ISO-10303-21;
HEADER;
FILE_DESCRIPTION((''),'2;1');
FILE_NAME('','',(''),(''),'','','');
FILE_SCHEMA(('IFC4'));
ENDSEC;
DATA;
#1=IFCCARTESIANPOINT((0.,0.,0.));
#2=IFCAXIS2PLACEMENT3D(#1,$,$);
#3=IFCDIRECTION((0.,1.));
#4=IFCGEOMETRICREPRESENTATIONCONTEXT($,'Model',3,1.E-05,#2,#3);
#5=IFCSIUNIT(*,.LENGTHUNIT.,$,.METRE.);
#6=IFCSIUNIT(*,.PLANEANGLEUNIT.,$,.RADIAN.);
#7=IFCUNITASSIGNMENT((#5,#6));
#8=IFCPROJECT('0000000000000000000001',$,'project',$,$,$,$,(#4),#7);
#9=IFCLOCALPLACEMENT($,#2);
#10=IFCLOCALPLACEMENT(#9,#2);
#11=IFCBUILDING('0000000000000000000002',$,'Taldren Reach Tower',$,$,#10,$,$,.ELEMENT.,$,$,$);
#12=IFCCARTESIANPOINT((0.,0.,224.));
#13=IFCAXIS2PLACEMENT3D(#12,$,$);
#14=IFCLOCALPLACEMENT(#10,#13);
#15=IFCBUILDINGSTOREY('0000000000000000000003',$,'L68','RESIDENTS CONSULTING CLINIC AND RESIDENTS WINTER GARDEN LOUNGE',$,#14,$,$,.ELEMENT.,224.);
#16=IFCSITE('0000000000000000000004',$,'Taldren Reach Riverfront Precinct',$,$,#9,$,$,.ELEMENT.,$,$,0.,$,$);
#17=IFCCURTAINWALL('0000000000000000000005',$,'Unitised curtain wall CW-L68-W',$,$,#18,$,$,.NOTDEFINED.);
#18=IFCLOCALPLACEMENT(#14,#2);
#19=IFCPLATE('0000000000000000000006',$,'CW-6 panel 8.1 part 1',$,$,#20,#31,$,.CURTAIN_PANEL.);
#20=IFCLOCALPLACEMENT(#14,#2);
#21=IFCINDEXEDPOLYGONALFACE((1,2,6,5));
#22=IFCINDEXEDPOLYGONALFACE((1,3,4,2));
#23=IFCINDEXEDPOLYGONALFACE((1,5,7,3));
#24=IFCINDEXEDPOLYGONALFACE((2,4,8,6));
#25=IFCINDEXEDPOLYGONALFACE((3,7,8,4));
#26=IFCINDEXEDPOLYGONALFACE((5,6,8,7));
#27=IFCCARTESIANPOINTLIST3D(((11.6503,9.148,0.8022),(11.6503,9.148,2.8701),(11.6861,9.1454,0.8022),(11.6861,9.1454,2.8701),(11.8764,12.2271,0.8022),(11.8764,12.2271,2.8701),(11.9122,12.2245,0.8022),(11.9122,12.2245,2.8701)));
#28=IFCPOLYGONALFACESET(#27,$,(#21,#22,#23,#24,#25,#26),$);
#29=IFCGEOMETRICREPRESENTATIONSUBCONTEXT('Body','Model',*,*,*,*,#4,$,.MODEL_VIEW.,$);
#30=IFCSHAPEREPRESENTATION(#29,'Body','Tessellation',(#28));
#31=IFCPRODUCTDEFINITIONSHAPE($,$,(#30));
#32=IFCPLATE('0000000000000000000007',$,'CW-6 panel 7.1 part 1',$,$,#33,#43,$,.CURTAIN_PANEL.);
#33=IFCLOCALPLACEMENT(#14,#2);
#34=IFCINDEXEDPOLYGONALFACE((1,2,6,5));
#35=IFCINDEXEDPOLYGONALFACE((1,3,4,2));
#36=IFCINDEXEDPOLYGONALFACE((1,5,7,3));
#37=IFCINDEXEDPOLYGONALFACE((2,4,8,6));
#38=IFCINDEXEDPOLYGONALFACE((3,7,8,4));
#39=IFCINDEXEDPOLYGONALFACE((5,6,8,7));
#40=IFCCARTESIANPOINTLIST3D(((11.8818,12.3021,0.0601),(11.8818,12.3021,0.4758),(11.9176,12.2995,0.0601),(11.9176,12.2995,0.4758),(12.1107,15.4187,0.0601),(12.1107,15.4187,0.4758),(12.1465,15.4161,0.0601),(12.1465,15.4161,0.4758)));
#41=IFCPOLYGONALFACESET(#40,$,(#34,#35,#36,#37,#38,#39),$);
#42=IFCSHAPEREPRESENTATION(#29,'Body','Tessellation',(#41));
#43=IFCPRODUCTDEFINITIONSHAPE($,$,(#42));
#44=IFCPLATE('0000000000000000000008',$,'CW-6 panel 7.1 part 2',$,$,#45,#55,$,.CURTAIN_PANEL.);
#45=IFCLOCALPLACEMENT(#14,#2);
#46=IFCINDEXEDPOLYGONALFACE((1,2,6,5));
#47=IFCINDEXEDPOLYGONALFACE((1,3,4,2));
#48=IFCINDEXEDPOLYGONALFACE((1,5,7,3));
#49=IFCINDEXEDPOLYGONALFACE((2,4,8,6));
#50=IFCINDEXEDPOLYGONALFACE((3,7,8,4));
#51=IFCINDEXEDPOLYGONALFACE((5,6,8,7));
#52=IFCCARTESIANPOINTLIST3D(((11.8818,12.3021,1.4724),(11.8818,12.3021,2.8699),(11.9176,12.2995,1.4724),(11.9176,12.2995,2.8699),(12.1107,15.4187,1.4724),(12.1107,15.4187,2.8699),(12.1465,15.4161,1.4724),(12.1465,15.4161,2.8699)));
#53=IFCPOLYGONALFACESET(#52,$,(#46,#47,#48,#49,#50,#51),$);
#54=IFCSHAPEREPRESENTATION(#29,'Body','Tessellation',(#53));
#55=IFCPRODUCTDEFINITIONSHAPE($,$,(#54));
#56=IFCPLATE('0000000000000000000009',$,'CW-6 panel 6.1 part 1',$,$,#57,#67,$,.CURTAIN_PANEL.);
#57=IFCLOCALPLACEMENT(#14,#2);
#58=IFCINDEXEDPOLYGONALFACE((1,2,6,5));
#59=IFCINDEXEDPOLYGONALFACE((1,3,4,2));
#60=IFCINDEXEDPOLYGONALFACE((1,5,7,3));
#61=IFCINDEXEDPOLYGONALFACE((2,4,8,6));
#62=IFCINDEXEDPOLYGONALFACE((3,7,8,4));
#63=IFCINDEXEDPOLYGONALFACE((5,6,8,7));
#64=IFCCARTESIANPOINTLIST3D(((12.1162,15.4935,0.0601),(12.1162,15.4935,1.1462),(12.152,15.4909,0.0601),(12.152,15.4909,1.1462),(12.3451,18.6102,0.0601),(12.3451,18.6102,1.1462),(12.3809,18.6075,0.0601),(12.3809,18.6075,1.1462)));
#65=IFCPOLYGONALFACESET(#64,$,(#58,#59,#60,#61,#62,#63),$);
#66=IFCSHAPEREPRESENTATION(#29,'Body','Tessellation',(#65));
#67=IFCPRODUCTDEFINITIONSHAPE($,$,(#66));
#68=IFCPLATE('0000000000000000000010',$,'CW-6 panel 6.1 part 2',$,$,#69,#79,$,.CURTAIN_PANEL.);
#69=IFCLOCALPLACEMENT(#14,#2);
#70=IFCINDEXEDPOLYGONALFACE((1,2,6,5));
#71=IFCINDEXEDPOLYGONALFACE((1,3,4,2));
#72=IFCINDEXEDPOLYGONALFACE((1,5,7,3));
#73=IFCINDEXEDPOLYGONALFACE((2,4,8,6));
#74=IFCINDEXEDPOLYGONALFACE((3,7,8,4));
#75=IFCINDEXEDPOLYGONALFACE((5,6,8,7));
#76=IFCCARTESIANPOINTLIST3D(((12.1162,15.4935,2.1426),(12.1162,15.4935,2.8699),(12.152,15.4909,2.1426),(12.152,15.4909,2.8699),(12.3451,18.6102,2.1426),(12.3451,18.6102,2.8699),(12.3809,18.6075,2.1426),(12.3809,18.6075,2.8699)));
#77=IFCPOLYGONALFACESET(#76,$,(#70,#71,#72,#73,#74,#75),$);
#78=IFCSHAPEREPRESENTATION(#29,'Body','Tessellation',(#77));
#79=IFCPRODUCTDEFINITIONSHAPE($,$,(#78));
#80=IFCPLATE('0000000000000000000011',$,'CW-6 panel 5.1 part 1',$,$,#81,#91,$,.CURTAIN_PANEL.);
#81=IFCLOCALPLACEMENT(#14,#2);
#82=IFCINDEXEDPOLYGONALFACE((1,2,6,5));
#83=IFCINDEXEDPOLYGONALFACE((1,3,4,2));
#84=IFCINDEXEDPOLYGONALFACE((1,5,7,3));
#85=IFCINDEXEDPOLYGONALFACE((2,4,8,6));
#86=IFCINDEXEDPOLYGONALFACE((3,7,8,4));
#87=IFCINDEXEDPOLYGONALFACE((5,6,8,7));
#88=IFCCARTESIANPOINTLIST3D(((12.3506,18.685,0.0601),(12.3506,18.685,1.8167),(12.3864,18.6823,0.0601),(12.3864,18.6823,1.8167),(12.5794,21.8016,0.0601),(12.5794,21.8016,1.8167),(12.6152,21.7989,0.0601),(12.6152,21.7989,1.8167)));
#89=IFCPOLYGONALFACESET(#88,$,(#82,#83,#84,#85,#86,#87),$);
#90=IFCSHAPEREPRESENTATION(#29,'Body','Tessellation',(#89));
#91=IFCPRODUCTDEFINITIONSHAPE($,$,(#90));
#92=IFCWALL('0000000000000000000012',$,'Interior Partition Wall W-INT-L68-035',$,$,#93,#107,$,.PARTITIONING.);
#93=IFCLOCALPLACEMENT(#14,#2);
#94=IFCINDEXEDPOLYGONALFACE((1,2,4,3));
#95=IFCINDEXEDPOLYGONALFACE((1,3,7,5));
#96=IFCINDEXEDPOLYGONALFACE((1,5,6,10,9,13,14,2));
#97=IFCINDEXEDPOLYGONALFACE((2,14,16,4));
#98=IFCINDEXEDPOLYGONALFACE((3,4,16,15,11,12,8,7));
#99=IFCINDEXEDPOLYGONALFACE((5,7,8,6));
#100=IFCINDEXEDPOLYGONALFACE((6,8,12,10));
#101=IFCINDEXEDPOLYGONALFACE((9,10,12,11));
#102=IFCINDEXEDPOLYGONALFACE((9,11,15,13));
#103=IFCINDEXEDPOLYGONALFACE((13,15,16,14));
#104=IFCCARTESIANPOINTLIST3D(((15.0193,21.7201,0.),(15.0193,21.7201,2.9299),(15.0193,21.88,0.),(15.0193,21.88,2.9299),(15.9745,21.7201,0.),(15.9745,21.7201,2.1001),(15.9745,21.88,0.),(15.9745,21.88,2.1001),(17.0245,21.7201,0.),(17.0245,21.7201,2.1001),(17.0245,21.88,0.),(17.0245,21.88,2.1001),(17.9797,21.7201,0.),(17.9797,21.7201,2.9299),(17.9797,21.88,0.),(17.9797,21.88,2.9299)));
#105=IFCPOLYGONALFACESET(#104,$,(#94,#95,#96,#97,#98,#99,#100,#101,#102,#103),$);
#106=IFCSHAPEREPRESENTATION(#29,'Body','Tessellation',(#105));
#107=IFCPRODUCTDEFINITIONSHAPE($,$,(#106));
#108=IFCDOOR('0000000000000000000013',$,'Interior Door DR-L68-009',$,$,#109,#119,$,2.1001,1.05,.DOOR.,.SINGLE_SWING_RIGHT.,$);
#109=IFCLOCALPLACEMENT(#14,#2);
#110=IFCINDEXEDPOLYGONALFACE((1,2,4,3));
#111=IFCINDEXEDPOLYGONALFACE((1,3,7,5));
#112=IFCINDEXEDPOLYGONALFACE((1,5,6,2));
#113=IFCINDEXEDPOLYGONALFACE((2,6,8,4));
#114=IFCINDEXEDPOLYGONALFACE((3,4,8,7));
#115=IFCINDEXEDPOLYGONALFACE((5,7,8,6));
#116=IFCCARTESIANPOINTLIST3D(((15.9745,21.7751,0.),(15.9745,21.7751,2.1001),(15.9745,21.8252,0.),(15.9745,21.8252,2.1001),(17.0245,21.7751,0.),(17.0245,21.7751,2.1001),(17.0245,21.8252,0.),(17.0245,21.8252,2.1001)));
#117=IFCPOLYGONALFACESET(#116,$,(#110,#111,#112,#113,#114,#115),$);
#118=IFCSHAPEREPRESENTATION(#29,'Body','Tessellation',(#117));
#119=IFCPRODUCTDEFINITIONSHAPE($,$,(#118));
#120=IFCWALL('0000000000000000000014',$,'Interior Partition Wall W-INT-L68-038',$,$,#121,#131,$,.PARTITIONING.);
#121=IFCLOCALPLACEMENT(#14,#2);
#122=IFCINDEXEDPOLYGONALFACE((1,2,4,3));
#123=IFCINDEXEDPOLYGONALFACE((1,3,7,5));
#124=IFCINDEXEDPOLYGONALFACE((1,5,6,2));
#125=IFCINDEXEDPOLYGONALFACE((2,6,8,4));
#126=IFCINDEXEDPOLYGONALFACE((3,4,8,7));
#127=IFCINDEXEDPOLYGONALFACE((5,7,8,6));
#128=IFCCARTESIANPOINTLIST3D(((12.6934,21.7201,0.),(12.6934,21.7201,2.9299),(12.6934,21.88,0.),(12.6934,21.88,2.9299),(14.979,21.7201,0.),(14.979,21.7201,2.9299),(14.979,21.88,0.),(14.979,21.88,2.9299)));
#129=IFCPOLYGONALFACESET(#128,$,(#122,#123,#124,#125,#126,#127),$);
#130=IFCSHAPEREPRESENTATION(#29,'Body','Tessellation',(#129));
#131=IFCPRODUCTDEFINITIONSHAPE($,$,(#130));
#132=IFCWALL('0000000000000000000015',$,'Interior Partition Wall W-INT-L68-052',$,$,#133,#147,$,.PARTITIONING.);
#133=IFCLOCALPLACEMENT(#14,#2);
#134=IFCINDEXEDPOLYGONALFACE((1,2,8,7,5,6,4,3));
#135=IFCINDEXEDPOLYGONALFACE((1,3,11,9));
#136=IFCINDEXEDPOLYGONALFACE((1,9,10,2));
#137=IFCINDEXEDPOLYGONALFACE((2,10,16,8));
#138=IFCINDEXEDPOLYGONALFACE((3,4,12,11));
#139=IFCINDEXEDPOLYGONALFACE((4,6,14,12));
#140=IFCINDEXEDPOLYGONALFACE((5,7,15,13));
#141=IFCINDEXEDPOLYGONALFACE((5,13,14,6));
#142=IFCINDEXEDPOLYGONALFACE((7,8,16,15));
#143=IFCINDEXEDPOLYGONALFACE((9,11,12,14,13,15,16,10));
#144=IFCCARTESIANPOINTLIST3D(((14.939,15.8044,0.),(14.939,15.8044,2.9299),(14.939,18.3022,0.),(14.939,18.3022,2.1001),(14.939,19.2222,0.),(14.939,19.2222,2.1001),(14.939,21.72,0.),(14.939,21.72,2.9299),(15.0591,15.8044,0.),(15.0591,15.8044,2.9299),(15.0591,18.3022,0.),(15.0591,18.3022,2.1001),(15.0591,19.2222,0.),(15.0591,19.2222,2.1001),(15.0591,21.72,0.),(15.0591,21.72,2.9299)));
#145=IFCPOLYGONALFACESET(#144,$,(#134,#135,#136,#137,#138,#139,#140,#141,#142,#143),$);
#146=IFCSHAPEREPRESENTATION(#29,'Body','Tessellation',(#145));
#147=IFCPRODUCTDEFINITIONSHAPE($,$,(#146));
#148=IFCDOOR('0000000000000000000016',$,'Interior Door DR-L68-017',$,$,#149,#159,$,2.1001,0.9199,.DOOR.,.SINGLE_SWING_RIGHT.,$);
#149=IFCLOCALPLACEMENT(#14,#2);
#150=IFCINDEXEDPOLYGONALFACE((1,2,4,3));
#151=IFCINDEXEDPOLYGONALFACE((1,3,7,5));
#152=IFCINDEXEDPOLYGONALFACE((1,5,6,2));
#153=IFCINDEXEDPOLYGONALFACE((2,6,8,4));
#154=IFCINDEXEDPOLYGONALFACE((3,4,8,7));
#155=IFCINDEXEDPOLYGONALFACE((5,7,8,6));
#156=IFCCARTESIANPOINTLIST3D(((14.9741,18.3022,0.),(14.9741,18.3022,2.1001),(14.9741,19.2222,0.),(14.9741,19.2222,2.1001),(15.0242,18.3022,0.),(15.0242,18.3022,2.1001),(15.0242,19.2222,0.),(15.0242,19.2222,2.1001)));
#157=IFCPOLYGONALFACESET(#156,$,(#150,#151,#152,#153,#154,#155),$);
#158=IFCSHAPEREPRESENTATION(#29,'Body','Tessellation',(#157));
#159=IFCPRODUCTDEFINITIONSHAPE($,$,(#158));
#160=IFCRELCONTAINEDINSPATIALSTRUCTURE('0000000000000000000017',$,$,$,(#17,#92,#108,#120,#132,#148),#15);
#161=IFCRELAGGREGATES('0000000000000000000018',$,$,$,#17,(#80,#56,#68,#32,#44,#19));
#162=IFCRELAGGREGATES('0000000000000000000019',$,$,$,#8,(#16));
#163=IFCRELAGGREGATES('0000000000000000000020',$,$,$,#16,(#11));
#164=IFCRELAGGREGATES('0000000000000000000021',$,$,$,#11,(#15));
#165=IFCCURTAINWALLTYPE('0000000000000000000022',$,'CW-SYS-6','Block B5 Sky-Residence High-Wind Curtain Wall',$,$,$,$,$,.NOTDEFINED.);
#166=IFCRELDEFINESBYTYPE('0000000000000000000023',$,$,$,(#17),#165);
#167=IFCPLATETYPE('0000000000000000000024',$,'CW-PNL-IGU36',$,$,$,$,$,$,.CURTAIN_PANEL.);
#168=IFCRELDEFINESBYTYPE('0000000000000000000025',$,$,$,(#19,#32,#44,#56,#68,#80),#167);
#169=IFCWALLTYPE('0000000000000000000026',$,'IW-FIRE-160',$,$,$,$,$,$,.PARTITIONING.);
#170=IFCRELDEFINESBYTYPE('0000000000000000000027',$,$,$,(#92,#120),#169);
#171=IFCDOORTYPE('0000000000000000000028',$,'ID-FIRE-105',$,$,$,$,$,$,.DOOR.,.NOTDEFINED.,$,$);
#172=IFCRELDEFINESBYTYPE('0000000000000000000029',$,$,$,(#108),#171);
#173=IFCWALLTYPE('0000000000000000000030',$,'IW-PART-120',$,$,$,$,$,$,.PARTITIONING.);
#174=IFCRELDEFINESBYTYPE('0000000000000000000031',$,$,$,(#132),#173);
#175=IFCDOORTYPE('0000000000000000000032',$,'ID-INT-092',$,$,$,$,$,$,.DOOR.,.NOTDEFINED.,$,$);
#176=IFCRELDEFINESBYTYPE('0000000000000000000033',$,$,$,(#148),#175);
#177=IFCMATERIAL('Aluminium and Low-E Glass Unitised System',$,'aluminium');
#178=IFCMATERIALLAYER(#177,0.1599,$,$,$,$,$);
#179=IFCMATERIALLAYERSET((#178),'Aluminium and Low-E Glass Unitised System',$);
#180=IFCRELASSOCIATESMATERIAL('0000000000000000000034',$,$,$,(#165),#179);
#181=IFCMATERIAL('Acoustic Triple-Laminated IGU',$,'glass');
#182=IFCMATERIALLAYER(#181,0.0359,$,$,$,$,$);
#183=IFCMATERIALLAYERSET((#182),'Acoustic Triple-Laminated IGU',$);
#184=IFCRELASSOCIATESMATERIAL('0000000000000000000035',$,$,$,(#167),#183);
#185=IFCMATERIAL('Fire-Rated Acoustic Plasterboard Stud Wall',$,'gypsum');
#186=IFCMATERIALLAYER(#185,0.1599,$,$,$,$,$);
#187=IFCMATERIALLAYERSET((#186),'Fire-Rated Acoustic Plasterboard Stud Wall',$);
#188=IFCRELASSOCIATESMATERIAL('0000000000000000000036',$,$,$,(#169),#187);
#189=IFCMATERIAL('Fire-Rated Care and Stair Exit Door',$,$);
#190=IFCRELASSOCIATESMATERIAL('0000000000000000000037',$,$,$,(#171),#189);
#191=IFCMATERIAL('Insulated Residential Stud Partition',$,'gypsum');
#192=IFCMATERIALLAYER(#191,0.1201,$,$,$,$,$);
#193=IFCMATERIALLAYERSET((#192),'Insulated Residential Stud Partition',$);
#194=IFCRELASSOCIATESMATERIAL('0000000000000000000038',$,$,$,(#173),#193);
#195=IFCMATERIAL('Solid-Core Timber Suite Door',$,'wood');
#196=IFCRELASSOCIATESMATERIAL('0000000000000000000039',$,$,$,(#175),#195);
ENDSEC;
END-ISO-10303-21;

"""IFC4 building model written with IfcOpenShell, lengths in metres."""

from ifc_helpers import new_model, si_unit, direction, frame, frame_2d, origin, origin_2d, place, context, subcontext, project, spatial, rectangle, extrude, source, transform, mapped, material, layer, layer_set, type_object, element, fill, aggregate, save


model = new_model("IFC4")

# Units and contexts
model_context = context("Model", 3, precision=1e-05, world=origin(), true_north=direction((0.0, 1.0)))
body_context = subcontext(model_context, "Body", "Model", "MODEL_VIEW")
ifc_project = project(units=[si_unit("LENGTHUNIT", "METRE"), si_unit("PLANEANGLEUNIT", "RADIAN")], contexts=[model_context])

# Site, building, storey
site_placement = place(None, origin())
site = spatial("IfcSite", under=ifc_project, at=site_placement, Name="Taldren Reach Riverfront Precinct", CompositionType="ELEMENT", RefElevation=0.0)
building_placement = place(site_placement, origin())
building = spatial("IfcBuilding", under=site, at=building_placement, Name="Taldren Reach Tower", CompositionType="ELEMENT")
storey_placement = place(building_placement, frame((0.0, 0.0, 224.0)))
storey = spatial("IfcBuildingStorey", under=building, at=storey_placement, Name="L68", Description="RESIDENTS CONSULTING CLINIC AND RESIDENTS WINTER GARDEN LOUNGE", CompositionType="ELEMENT", Elevation=224.0)

# Curtain wall, plates
ifc_material_1 = material(Name="Aluminium and Low-E Glass Unitised System", Category="aluminium")
ifc_layer_1 = layer(ifc_material_1, 0.1599)
ifc_layer_set_1 = layer_set([ifc_layer_1], Name="Aluminium and Low-E Glass Unitised System")
curtain_wall_type = type_object("IfcCurtainWallType", Name="CW-SYS-6", Description="Block B5 Sky-Residence High-Wind Curtain Wall", PredefinedType="NOTDEFINED", material=ifc_layer_set_1)
curtain_wall_placement = place(storey_placement, origin())
curtain_wall = element("IfcCurtainWall", 1, at=curtain_wall_placement, inside=storey, type_object=curtain_wall_type, Name="Unitised curtain wall CW-L68-W", PredefinedType="NOTDEFINED")
ifc_material_2 = material(Name="Acoustic Triple-Laminated IGU", Category="glass")
ifc_layer_2 = layer(ifc_material_2, 0.0359)
ifc_layer_set_2 = layer_set([ifc_layer_2], Name="Acoustic Triple-Laminated IGU")
plate_type = type_object("IfcPlateType", Name="CW-PNL-IGU36", PredefinedType="CURTAIN_PANEL", material=ifc_layer_set_2)
shared_shape_1 = source(origin(), body_context, "Body", "SweptSolid", [
    extrude(rectangle(XDim=3.0874, YDim=0.0359, at=origin_2d()), origin(), (0.0, 0.0, 1.0), 2.0679),
])
plate_1_placement = place(storey_placement, frame((11.7812, 10.6863, 0.8022), z_axis=(0.0, 0.0, 1.0), x_axis=(-0.073238, -0.997314, 0.0)))
plate_1 = element("IfcPlate", 2, at=plate_1_placement, type_object=plate_type, Name="CW-6 panel 8.1 part 1", PredefinedType="CURTAIN_PANEL", context=body_context, shape_type="MappedRepresentation", body=[
    mapped(shared_shape_1, transform((0.0, 0.0, 0.0), scale=1.0)),
])
shared_shape_2 = source(origin(), body_context, "Body", "SweptSolid", [
    extrude(rectangle(XDim=3.125, YDim=0.0359, at=origin_2d()), origin(), (0.0, 0.0, 1.0), 0.4158),
])
plate_2_placement = place(storey_placement, frame((12.0142, 13.8591, 0.0601), z_axis=(0.0, 0.0, 1.0), x_axis=(-0.073238, -0.997314, 0.0)))
plate_2 = element("IfcPlate", 3, at=plate_2_placement, type_object=plate_type, Name="CW-6 panel 7.1 part 1", PredefinedType="CURTAIN_PANEL", context=body_context, shape_type="MappedRepresentation", body=[
    mapped(shared_shape_2, transform((0.0, 0.0, 0.0), scale=1.0)),
])
shared_shape_3 = source(origin(), body_context, "Body", "SweptSolid", [
    extrude(rectangle(XDim=3.125, YDim=0.0359, at=origin_2d()), origin(), (0.0, 0.0, 1.0), 1.3975),
])
plate_3_placement = place(storey_placement, frame((12.0142, 13.8591, 1.4724), z_axis=(0.0, 0.0, 1.0), x_axis=(-0.073238, -0.997314, 0.0)))
plate_3 = element("IfcPlate", 4, at=plate_3_placement, type_object=plate_type, Name="CW-6 panel 7.1 part 2", PredefinedType="CURTAIN_PANEL", context=body_context, shape_type="MappedRepresentation", body=[
    mapped(shared_shape_3, transform((0.0, 0.0, 0.0), scale=1.0)),
])
shared_shape_4 = source(origin(), body_context, "Body", "SweptSolid", [
    extrude(rectangle(XDim=3.125, YDim=0.0359, at=origin_2d()), origin(), (0.0, 0.0, 1.0), 1.0862),
])
plate_4_placement = place(storey_placement, frame((12.2485, 17.0505, 0.0601), z_axis=(0.0, 0.0, 1.0), x_axis=(-0.073238, -0.997314, 0.0)))
plate_4 = element("IfcPlate", 5, at=plate_4_placement, type_object=plate_type, Name="CW-6 panel 6.1 part 1", PredefinedType="CURTAIN_PANEL", context=body_context, shape_type="MappedRepresentation", body=[
    mapped(shared_shape_4, transform((0.0, 0.0, 0.0), scale=1.0)),
])
shared_shape_5 = source(origin(), body_context, "Body", "SweptSolid", [
    extrude(rectangle(XDim=3.125, YDim=0.0359, at=origin_2d()), origin(), (0.0, 0.0, 1.0), 0.7273),
])
plate_5_placement = place(storey_placement, frame((12.2485, 17.0505, 2.1426), z_axis=(0.0, 0.0, 1.0), x_axis=(-0.073238, -0.997314, 0.0)))
plate_5 = element("IfcPlate", 6, at=plate_5_placement, type_object=plate_type, Name="CW-6 panel 6.1 part 2", PredefinedType="CURTAIN_PANEL", context=body_context, shape_type="MappedRepresentation", body=[
    mapped(shared_shape_5, transform((0.0, 0.0, 0.0), scale=1.0)),
])
shared_shape_6 = source(origin(), body_context, "Body", "SweptSolid", [
    extrude(rectangle(XDim=3.125, YDim=0.0359, at=origin_2d()), origin(), (0.0, 0.0, 1.0), 1.7566),
])
plate_6_placement = place(storey_placement, frame((12.4829, 20.2419, 0.0601), z_axis=(0.0, 0.0, 1.0), x_axis=(-0.073238, -0.997314, 0.0)))
plate_6 = element("IfcPlate", 7, at=plate_6_placement, type_object=plate_type, Name="CW-6 panel 5.1 part 1", PredefinedType="CURTAIN_PANEL", context=body_context, shape_type="MappedRepresentation", body=[
    mapped(shared_shape_6, transform((0.0, 0.0, 0.0), scale=1.0)),
])
aggregate(curtain_wall, [plate_6, plate_4, plate_5, plate_2, plate_3, plate_1])

# Wall, opening, door
ifc_material_3 = material(Name="Fire-Rated Acoustic Plasterboard Stud Wall", Category="gypsum")
ifc_layer_3 = layer(ifc_material_3, 0.1599)
ifc_layer_set_3 = layer_set([ifc_layer_3], Name="Fire-Rated Acoustic Plasterboard Stud Wall")
wall_type_1 = type_object("IfcWallType", Name="IW-FIRE-160", PredefinedType="PARTITIONING", material=ifc_layer_set_3)
shared_shape_7 = source(origin(), body_context, "Body", "SweptSolid", [
    extrude(rectangle(XDim=2.9604, YDim=0.1599, at=frame_2d((1.4802, 0.0))), origin(), (0.0, 0.0, 1.0), 2.9299),
])
wall_1_placement = place(storey_placement, frame((17.9797, 21.8, 0.0), z_axis=(0.0, 0.0, 1.0), x_axis=(-1.0, 0.0, 0.0)))
wall_1 = element("IfcWall", 8, at=wall_1_placement, inside=storey, type_object=wall_type_1, Name="Interior Partition Wall W-INT-L68-035", PredefinedType="PARTITIONING", context=body_context, shape_type="MappedRepresentation", body=[
    mapped(shared_shape_7, transform((0.0, 0.0, 0.0), scale=1.0)),
])
shared_shape_8 = source(origin(), body_context, "Body", "SweptSolid", [
    extrude(rectangle(XDim=1.05, YDim=2.1001, at=frame_2d((0.5249, 1.05))), frame((0.0, 0.0898, 0.0), z_axis=(0.0, -1.0, 0.0), x_axis=(1.0, 0.0, 0.0)), (0.0, 0.0, 1.0), 0.1799),
])
opening_1_placement = place(wall_1_placement, frame((0.9553, 0.0, 0.0)))
opening_1 = element("IfcOpeningElement", 9, at=opening_1_placement, cuts=wall_1, PredefinedType="OPENING", context=body_context, shape_type="MappedRepresentation", body=[
    mapped(shared_shape_8, transform((0.0, 0.0, 0.0), scale=1.0)),
])
ifc_material_4 = material(Name="Fire-Rated Care and Stair Exit Door")
door_type_1 = type_object("IfcDoorType", Name="ID-FIRE-105", OperationType="NOTDEFINED", PredefinedType="DOOR", material=ifc_material_4)
shared_shape_9 = source(origin(), body_context, "Body", "SweptSolid", [
    extrude(rectangle(XDim=1.05, YDim=2.1001, at=frame_2d((0.5249, 1.05))), frame((0.0, 0.0249, 0.0), z_axis=(0.0, -1.0, 0.0), x_axis=(1.0, 0.0, 0.0)), (0.0, 0.0, 1.0), 0.05),
])
door_1_placement = place(opening_1_placement, origin())
door_1 = element("IfcDoor", 10, at=door_1_placement, inside=storey, type_object=door_type_1, Name="Interior Door DR-L68-009", OperationType="SINGLE_SWING_RIGHT", OverallHeight=2.1001, OverallWidth=1.05, PredefinedType="DOOR", context=body_context, shape_type="MappedRepresentation", body=[
    mapped(shared_shape_9, transform((0.0, 0.0, 0.0), scale=1.0)),
])
fill(opening_1, door_1)

# Wall
shared_shape_10 = source(origin(), body_context, "Body", "SweptSolid", [
    extrude(rectangle(XDim=2.2856, YDim=0.1599, at=frame_2d((1.1428, 0.0))), origin(), (0.0, 0.0, 1.0), 2.9299),
])
wall_2_placement = place(storey_placement, frame((14.979, 21.8, 0.0), z_axis=(0.0, 0.0, 1.0), x_axis=(-1.0, 0.0, 0.0)))
element("IfcWall", 11, at=wall_2_placement, inside=storey, type_object=wall_type_1, Name="Interior Partition Wall W-INT-L68-038", PredefinedType="PARTITIONING", context=body_context, shape_type="MappedRepresentation", body=[
    mapped(shared_shape_10, transform((0.0, 0.0, 0.0), scale=1.0)),
])

# Wall, opening, door
ifc_material_5 = material(Name="Insulated Residential Stud Partition", Category="gypsum")
ifc_layer_4 = layer(ifc_material_5, 0.1201)
ifc_layer_set_4 = layer_set([ifc_layer_4], Name="Insulated Residential Stud Partition")
wall_type_2 = type_object("IfcWallType", Name="IW-PART-120", PredefinedType="PARTITIONING", material=ifc_layer_set_4)
shared_shape_11 = source(origin(), body_context, "Body", "SweptSolid", [
    extrude(rectangle(XDim=5.9155, YDim=0.1201, at=frame_2d((2.9578, 0.0))), origin(), (0.0, 0.0, 1.0), 2.9299),
])
wall_3_placement = place(storey_placement, frame((14.999, 15.8044, 0.0), z_axis=(0.0, 0.0, 1.0), x_axis=(0.0, 1.0, 0.0)))
wall_3 = element("IfcWall", 12, at=wall_3_placement, inside=storey, type_object=wall_type_2, Name="Interior Partition Wall W-INT-L68-052", PredefinedType="PARTITIONING", context=body_context, shape_type="MappedRepresentation", body=[
    mapped(shared_shape_11, transform((0.0, 0.0, 0.0), scale=1.0)),
])
shared_shape_12 = source(origin(), body_context, "Body", "SweptSolid", [
    extrude(rectangle(XDim=0.9199, YDim=2.1001, at=frame_2d((0.46, 1.05))), frame((0.0, 0.0701, 0.0), z_axis=(0.0, -1.0, 0.0), x_axis=(1.0, 0.0, 0.0)), (0.0, 0.0, 1.0), 0.1401),
])
opening_2_placement = place(wall_3_placement, frame((2.4978, 0.0, 0.0)))
opening_2 = element("IfcOpeningElement", 13, at=opening_2_placement, cuts=wall_3, PredefinedType="OPENING", context=body_context, shape_type="MappedRepresentation", body=[
    mapped(shared_shape_12, transform((0.0, 0.0, 0.0), scale=1.0)),
])
ifc_material_6 = material(Name="Solid-Core Timber Suite Door", Category="wood")
door_type_2 = type_object("IfcDoorType", Name="ID-INT-092", OperationType="NOTDEFINED", PredefinedType="DOOR", material=ifc_material_6)
shared_shape_13 = source(origin(), body_context, "Body", "SweptSolid", [
    extrude(rectangle(XDim=0.9199, YDim=2.1001, at=frame_2d((0.46, 1.05))), frame((0.0, 0.0249, 0.0), z_axis=(0.0, -1.0, 0.0), x_axis=(1.0, 0.0, 0.0)), (0.0, 0.0, 1.0), 0.05),
])
door_2_placement = place(opening_2_placement, origin())
door_2 = element("IfcDoor", 14, at=door_2_placement, inside=storey, type_object=door_type_2, Name="Interior Door DR-L68-017", OperationType="SINGLE_SWING_RIGHT", OverallHeight=2.1001, OverallWidth=0.9199, PredefinedType="DOOR", context=body_context, shape_type="MappedRepresentation", body=[
    mapped(shared_shape_13, transform((0.0, 0.0, 0.0), scale=1.0)),
])
fill(opening_2, door_2)

save(model, "model.ifc")
